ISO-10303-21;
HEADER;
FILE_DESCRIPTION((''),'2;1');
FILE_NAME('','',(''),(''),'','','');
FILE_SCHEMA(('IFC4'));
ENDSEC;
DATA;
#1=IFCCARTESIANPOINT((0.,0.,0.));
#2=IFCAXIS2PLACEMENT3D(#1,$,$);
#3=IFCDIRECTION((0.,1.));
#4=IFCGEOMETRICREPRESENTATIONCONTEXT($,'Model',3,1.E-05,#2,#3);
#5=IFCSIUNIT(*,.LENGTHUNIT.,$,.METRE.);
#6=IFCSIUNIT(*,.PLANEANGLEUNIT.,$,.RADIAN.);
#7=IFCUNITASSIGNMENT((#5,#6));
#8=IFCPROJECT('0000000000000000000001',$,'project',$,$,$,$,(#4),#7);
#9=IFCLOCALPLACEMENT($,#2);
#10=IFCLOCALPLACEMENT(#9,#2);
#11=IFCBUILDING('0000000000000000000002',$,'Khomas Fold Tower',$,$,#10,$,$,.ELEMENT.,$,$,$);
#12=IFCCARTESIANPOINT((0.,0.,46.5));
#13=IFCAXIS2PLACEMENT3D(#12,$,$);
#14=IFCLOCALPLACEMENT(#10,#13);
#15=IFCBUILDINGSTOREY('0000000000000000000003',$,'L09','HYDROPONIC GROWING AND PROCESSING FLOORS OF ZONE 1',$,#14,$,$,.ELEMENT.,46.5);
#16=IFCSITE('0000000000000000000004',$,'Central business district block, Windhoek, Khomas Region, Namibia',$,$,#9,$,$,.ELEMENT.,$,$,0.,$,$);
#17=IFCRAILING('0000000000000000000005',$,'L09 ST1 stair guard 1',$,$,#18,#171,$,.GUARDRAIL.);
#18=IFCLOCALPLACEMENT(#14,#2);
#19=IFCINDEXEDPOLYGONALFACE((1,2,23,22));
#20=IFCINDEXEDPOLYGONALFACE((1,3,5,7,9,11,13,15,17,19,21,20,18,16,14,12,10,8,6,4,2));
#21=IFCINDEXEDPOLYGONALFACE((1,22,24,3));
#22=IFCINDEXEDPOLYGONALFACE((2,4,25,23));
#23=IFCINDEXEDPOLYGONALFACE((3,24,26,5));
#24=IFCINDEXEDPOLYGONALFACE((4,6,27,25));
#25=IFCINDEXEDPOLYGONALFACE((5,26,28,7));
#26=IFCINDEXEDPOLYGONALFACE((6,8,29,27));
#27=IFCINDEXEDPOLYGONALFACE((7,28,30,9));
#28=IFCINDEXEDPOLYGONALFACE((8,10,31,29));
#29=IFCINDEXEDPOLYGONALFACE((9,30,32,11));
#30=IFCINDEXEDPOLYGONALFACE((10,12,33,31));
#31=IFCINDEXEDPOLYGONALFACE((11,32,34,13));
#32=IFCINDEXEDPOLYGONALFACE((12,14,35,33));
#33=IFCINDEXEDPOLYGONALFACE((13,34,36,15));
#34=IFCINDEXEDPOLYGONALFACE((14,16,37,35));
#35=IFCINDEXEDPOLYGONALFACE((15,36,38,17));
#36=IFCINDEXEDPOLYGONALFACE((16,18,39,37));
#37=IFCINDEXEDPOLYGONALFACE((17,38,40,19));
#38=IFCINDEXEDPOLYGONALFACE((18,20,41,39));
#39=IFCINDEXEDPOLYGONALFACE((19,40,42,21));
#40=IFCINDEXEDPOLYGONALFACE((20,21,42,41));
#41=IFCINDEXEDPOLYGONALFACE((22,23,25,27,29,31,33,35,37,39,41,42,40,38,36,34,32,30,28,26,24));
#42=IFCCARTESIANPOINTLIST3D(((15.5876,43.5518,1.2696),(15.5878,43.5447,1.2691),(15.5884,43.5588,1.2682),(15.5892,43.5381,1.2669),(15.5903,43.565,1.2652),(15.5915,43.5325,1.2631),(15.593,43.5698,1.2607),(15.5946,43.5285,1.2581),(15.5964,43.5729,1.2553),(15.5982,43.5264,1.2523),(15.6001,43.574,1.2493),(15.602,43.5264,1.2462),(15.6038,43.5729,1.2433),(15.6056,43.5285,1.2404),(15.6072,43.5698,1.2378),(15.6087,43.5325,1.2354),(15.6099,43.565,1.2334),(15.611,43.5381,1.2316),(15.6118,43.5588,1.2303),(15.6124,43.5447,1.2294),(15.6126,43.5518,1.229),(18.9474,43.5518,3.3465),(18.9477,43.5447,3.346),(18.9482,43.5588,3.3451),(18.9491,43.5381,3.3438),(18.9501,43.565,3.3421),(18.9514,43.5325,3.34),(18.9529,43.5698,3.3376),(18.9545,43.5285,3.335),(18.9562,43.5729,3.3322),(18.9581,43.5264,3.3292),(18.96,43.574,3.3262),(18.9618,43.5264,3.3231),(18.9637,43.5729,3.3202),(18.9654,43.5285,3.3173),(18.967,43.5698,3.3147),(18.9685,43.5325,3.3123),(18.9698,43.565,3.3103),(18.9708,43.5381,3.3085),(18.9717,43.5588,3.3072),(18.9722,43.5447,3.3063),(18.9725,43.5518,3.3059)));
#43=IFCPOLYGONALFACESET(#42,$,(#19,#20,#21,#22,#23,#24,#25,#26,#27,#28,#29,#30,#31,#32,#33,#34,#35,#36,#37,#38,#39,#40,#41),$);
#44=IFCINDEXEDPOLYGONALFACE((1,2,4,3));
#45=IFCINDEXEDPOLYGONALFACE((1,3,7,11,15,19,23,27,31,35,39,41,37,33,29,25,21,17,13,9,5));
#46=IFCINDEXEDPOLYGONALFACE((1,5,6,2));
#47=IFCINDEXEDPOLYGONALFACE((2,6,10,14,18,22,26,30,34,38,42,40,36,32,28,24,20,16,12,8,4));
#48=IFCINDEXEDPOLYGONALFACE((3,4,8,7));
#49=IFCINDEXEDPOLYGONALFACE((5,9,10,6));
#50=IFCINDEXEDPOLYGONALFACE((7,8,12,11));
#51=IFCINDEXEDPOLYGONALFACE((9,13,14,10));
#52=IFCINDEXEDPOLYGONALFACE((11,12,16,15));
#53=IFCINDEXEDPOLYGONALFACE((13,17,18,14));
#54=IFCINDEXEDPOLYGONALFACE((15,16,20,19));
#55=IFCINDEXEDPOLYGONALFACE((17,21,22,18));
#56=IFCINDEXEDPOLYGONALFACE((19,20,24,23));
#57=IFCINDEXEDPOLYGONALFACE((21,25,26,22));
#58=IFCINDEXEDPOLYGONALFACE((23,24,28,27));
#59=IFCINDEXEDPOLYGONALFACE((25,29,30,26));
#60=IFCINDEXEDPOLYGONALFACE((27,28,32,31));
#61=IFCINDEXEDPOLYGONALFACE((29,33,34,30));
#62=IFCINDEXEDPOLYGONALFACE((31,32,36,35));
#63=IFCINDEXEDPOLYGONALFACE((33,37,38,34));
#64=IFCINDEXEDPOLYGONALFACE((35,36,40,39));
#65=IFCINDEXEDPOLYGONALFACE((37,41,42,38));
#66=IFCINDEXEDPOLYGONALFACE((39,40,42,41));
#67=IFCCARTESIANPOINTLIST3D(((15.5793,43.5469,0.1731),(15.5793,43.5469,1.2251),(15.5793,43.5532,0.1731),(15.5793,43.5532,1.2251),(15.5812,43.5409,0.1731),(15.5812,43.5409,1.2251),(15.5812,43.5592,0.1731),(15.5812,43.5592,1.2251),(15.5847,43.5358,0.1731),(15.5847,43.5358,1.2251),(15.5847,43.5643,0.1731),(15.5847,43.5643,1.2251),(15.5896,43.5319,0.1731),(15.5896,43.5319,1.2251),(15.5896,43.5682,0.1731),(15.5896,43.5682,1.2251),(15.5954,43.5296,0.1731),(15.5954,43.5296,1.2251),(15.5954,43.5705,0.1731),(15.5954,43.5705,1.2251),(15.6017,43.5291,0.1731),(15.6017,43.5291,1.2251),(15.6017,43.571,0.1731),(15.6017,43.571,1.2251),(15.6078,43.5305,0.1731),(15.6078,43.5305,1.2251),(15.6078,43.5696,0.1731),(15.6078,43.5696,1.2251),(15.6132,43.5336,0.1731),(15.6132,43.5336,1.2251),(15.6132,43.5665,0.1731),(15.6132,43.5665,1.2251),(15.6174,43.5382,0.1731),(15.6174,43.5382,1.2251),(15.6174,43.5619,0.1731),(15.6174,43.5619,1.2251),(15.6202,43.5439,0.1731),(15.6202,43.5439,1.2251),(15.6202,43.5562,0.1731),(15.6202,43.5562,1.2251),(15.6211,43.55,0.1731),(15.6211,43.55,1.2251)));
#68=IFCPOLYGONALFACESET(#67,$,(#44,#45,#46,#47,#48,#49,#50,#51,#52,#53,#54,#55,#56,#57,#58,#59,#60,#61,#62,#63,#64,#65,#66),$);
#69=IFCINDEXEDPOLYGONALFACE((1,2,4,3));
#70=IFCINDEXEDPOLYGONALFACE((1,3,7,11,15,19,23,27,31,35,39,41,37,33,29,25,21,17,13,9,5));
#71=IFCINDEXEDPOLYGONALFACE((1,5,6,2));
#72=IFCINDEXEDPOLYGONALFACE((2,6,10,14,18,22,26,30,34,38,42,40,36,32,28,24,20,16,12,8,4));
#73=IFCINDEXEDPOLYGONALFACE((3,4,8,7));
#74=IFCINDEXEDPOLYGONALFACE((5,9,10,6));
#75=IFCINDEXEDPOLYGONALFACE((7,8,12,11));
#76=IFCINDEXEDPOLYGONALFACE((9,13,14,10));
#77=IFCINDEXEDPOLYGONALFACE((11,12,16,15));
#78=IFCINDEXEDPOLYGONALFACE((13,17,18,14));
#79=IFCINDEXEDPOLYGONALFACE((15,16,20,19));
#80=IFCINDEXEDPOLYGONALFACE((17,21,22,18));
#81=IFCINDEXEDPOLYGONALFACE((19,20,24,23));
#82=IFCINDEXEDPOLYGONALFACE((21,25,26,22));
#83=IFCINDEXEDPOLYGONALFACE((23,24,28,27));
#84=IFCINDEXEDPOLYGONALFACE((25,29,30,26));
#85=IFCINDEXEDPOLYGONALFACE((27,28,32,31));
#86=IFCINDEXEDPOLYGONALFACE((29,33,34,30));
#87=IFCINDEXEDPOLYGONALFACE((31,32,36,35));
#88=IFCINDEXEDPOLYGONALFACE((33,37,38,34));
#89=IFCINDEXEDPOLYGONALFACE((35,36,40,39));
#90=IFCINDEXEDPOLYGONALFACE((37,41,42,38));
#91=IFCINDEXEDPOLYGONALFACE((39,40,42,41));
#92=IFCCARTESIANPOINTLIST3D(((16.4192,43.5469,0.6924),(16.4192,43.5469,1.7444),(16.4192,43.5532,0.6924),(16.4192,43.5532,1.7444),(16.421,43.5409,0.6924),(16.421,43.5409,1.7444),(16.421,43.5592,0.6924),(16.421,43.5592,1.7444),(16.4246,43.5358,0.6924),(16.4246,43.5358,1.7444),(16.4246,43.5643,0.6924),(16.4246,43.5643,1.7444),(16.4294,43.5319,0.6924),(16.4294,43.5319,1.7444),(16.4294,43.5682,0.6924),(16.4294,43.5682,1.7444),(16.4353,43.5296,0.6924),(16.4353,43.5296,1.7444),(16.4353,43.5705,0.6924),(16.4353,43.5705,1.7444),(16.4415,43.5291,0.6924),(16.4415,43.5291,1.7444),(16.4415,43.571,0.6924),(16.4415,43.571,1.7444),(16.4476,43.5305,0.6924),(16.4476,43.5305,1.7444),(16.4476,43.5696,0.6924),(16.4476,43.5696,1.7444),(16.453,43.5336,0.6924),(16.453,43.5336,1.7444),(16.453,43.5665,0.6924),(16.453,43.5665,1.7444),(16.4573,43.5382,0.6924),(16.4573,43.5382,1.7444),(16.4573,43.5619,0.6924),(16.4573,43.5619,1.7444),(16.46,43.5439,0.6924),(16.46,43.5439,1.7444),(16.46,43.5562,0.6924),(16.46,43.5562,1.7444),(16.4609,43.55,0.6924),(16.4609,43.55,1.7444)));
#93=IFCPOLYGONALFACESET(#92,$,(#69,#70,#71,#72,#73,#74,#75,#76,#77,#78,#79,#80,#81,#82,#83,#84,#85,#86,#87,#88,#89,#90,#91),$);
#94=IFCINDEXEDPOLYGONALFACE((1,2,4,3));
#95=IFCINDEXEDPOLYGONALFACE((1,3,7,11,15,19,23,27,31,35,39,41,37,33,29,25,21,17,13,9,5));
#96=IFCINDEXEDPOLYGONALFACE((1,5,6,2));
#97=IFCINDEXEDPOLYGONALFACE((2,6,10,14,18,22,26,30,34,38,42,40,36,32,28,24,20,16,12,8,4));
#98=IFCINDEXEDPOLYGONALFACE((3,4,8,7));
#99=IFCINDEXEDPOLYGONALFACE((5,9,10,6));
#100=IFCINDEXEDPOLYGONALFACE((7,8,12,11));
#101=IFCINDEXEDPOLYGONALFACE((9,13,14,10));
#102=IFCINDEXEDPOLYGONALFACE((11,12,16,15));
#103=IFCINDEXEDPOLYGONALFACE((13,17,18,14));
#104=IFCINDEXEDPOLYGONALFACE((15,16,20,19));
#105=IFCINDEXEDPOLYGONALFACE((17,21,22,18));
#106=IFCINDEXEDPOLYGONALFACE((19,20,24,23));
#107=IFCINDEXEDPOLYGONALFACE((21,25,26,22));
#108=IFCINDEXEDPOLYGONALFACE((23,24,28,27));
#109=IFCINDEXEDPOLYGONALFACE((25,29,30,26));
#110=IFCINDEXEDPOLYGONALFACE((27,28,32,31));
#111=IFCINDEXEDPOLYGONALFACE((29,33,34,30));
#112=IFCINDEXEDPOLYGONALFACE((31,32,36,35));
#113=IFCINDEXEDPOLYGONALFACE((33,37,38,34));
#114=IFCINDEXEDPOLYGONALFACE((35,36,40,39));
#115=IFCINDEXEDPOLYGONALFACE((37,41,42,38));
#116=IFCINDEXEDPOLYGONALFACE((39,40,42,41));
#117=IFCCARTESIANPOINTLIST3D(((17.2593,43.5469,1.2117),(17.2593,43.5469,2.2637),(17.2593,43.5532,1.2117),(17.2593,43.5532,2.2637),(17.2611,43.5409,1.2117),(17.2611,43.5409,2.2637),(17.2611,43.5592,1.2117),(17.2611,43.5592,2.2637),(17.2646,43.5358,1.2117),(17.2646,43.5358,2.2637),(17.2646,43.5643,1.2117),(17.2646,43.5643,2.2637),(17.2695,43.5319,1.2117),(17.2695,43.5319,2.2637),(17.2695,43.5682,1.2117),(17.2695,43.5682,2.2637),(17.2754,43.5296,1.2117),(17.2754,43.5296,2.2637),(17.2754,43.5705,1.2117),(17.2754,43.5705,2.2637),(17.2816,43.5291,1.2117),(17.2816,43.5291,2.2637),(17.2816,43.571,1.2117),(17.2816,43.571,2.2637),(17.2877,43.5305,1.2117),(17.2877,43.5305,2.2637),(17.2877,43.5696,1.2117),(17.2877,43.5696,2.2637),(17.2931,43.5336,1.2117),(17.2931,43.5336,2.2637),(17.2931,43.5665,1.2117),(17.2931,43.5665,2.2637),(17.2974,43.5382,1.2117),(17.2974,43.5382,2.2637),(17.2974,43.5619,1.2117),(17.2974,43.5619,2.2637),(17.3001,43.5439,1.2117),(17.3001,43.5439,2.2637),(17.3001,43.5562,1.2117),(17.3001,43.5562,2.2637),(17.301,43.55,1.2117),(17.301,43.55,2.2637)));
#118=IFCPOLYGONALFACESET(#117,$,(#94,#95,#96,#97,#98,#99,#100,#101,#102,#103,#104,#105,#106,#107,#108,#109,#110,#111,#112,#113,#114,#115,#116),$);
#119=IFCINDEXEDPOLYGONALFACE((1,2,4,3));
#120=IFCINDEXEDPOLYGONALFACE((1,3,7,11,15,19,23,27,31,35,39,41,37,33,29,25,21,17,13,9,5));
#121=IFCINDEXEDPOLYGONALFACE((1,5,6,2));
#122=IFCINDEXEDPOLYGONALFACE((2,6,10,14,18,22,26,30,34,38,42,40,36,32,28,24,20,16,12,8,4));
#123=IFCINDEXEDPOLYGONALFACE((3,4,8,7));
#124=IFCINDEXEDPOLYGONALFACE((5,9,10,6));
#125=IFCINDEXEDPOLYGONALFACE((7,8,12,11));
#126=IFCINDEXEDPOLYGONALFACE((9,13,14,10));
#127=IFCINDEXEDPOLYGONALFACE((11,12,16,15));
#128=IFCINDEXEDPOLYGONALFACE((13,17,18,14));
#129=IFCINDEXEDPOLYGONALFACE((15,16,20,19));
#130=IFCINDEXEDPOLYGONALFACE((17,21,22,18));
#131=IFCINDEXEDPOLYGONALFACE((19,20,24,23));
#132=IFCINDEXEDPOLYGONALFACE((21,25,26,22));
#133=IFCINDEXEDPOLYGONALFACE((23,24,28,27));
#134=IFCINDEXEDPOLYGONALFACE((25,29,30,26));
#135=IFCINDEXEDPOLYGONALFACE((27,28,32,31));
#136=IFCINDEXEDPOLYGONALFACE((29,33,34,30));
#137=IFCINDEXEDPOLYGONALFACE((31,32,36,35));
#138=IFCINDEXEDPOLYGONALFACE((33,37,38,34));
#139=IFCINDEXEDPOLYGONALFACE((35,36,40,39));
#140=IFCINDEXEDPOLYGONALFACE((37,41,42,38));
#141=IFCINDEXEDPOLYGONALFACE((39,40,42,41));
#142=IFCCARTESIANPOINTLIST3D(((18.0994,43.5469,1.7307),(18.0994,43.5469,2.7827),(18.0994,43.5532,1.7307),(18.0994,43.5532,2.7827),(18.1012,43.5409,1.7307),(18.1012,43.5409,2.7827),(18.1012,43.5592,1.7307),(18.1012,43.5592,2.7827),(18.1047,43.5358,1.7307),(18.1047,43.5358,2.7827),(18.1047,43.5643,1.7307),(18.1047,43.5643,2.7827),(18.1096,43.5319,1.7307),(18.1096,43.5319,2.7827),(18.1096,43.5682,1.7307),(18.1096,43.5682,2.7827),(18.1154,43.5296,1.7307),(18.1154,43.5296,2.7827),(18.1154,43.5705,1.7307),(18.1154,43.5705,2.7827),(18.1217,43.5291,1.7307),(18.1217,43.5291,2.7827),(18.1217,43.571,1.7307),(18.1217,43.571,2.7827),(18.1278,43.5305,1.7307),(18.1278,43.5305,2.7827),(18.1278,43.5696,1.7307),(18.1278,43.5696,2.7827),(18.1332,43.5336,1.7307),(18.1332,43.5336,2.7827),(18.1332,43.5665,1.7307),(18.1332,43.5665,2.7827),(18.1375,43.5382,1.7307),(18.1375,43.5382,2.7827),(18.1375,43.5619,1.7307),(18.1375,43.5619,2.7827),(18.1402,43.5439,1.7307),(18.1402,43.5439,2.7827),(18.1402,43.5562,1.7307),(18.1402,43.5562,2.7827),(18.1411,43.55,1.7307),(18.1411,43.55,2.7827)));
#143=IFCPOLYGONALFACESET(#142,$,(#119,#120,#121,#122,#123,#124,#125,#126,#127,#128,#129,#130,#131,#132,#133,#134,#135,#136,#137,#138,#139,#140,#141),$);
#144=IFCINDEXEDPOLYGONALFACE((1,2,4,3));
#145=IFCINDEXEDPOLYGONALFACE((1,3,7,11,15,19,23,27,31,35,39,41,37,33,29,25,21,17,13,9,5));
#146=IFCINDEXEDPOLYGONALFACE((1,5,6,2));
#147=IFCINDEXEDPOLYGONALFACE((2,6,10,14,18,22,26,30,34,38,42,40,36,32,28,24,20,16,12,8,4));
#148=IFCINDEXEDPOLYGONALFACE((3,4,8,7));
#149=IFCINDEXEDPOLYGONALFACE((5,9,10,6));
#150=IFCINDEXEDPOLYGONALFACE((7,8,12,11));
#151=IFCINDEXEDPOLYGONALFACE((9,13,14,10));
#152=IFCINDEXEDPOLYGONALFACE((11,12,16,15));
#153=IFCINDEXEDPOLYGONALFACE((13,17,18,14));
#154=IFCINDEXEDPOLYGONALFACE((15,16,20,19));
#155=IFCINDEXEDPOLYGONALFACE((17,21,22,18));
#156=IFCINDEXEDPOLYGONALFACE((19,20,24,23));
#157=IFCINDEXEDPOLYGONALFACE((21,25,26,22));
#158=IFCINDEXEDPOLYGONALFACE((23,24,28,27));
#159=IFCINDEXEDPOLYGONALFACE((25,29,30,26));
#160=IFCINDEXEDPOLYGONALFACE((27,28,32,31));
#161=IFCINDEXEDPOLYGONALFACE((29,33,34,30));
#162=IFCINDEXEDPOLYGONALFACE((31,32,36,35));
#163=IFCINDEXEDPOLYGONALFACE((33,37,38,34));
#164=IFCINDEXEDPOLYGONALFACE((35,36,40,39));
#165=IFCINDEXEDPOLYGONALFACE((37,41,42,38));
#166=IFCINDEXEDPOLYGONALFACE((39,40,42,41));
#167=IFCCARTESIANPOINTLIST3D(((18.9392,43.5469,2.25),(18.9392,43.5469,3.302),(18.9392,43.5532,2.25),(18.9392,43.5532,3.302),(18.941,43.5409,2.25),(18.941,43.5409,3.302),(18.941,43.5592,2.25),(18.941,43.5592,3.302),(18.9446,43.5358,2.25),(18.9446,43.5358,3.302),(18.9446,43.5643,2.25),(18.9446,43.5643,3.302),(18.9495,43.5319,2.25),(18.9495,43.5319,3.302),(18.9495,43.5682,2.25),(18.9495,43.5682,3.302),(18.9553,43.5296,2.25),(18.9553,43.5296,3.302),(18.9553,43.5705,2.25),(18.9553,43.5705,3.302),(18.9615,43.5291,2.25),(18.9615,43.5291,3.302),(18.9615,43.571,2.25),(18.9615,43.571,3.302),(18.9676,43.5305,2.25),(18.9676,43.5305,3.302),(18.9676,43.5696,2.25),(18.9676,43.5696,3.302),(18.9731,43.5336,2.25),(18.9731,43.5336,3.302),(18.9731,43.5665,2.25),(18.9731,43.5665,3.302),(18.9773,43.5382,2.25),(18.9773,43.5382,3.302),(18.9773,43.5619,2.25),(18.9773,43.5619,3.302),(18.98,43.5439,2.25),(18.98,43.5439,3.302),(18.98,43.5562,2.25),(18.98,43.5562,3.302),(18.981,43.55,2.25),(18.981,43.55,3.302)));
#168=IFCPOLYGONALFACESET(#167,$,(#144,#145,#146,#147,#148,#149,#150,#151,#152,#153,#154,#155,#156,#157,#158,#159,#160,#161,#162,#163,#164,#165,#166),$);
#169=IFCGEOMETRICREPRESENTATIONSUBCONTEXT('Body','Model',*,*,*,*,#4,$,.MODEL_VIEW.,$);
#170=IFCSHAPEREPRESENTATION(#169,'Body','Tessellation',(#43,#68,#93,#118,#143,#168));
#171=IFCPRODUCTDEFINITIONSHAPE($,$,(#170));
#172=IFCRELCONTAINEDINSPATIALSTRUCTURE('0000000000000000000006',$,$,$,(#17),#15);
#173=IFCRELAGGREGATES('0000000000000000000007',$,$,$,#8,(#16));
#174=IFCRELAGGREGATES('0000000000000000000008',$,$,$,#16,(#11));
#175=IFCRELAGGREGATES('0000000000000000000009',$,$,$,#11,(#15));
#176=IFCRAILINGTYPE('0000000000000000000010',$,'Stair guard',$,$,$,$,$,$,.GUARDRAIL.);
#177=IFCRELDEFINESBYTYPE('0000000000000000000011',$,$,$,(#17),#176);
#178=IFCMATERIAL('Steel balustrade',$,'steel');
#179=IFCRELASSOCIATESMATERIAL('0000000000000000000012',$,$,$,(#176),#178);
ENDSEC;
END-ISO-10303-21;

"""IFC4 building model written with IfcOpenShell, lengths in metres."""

from ifc_helpers import new_model, si_unit, direction, frame, origin, origin_2d, place, context, subcontext, project, spatial, circle, extrude, source, transform, mapped, material, type_object, element, save


model = new_model("IFC4")

# Units and contexts
model_context = context("Model", 3, precision=1e-05, world=origin(), true_north=direction((0.0, 1.0)))
body_context = subcontext(model_context, "Body", "Model", "MODEL_VIEW")
ifc_project = project(units=[si_unit("LENGTHUNIT", "METRE"), si_unit("PLANEANGLEUNIT", "RADIAN")], contexts=[model_context])

# Site, building, storey
site_placement = place(None, origin())
site = spatial("IfcSite", under=ifc_project, at=site_placement, Name="Central business district block, Windhoek, Khomas Region, Namibia", CompositionType="ELEMENT", RefElevation=0.0)
building_placement = place(site_placement, origin())
building = spatial("IfcBuilding", under=site, at=building_placement, Name="Khomas Fold Tower", CompositionType="ELEMENT")
storey_placement = place(building_placement, frame((0.0, 0.0, 46.5)))
storey = spatial("IfcBuildingStorey", under=building, at=storey_placement, Name="L09", Description="HYDROPONIC GROWING AND PROCESSING FLOORS OF ZONE 1", CompositionType="ELEMENT", Elevation=46.5)

# Railing
ifc_material_1 = material(Name="Steel balustrade", Category="steel")
railing_type_1 = type_object("IfcRailingType", Name="Stair guard", PredefinedType="GUARDRAIL", material=ifc_material_1)
shared_shape_1 = source(origin(), body_context, "Body", "SweptSolid", [
    extrude(circle(Radius=0.0239, at=origin_2d()), frame((0.0, 0.0, 1.0762), z_axis=(0.850606, 0.0, 0.525803), x_axis=(0.0, 1.0, 0.0)), (0.0, 0.0, 1.0), 3.95),
    extrude(circle(Radius=0.021, at=origin_2d()), origin(), (0.0, 0.0, 1.0), 1.052),
    extrude(circle(Radius=0.021, at=origin_2d()), frame((0.8398, 0.0, 0.5193)), (0.0, 0.0, 1.0), 1.052),
    extrude(circle(Radius=0.021, at=origin_2d()), frame((1.6799, 0.0, 1.0386)), (0.0, 0.0, 1.0), 1.052),
    extrude(circle(Radius=0.021, at=origin_2d()), frame((2.52, 0.0, 1.5576)), (0.0, 0.0, 1.0), 1.052),
    extrude(circle(Radius=0.021, at=origin_2d()), frame((3.3599, 0.0, 2.0769)), (0.0, 0.0, 1.0), 1.052),
])
railing_1_placement = place(storey_placement, frame((15.6001, 43.55, 0.1731)))
element("IfcRailing", 1, at=railing_1_placement, inside=storey, type_object=railing_type_1, Name="L09 ST1 stair guard 1", PredefinedType="GUARDRAIL", context=body_context, shape_type="MappedRepresentation", body=[
    mapped(shared_shape_1, transform((0.0, 0.0, 0.0))),
])

save(model, "model.ifc")
